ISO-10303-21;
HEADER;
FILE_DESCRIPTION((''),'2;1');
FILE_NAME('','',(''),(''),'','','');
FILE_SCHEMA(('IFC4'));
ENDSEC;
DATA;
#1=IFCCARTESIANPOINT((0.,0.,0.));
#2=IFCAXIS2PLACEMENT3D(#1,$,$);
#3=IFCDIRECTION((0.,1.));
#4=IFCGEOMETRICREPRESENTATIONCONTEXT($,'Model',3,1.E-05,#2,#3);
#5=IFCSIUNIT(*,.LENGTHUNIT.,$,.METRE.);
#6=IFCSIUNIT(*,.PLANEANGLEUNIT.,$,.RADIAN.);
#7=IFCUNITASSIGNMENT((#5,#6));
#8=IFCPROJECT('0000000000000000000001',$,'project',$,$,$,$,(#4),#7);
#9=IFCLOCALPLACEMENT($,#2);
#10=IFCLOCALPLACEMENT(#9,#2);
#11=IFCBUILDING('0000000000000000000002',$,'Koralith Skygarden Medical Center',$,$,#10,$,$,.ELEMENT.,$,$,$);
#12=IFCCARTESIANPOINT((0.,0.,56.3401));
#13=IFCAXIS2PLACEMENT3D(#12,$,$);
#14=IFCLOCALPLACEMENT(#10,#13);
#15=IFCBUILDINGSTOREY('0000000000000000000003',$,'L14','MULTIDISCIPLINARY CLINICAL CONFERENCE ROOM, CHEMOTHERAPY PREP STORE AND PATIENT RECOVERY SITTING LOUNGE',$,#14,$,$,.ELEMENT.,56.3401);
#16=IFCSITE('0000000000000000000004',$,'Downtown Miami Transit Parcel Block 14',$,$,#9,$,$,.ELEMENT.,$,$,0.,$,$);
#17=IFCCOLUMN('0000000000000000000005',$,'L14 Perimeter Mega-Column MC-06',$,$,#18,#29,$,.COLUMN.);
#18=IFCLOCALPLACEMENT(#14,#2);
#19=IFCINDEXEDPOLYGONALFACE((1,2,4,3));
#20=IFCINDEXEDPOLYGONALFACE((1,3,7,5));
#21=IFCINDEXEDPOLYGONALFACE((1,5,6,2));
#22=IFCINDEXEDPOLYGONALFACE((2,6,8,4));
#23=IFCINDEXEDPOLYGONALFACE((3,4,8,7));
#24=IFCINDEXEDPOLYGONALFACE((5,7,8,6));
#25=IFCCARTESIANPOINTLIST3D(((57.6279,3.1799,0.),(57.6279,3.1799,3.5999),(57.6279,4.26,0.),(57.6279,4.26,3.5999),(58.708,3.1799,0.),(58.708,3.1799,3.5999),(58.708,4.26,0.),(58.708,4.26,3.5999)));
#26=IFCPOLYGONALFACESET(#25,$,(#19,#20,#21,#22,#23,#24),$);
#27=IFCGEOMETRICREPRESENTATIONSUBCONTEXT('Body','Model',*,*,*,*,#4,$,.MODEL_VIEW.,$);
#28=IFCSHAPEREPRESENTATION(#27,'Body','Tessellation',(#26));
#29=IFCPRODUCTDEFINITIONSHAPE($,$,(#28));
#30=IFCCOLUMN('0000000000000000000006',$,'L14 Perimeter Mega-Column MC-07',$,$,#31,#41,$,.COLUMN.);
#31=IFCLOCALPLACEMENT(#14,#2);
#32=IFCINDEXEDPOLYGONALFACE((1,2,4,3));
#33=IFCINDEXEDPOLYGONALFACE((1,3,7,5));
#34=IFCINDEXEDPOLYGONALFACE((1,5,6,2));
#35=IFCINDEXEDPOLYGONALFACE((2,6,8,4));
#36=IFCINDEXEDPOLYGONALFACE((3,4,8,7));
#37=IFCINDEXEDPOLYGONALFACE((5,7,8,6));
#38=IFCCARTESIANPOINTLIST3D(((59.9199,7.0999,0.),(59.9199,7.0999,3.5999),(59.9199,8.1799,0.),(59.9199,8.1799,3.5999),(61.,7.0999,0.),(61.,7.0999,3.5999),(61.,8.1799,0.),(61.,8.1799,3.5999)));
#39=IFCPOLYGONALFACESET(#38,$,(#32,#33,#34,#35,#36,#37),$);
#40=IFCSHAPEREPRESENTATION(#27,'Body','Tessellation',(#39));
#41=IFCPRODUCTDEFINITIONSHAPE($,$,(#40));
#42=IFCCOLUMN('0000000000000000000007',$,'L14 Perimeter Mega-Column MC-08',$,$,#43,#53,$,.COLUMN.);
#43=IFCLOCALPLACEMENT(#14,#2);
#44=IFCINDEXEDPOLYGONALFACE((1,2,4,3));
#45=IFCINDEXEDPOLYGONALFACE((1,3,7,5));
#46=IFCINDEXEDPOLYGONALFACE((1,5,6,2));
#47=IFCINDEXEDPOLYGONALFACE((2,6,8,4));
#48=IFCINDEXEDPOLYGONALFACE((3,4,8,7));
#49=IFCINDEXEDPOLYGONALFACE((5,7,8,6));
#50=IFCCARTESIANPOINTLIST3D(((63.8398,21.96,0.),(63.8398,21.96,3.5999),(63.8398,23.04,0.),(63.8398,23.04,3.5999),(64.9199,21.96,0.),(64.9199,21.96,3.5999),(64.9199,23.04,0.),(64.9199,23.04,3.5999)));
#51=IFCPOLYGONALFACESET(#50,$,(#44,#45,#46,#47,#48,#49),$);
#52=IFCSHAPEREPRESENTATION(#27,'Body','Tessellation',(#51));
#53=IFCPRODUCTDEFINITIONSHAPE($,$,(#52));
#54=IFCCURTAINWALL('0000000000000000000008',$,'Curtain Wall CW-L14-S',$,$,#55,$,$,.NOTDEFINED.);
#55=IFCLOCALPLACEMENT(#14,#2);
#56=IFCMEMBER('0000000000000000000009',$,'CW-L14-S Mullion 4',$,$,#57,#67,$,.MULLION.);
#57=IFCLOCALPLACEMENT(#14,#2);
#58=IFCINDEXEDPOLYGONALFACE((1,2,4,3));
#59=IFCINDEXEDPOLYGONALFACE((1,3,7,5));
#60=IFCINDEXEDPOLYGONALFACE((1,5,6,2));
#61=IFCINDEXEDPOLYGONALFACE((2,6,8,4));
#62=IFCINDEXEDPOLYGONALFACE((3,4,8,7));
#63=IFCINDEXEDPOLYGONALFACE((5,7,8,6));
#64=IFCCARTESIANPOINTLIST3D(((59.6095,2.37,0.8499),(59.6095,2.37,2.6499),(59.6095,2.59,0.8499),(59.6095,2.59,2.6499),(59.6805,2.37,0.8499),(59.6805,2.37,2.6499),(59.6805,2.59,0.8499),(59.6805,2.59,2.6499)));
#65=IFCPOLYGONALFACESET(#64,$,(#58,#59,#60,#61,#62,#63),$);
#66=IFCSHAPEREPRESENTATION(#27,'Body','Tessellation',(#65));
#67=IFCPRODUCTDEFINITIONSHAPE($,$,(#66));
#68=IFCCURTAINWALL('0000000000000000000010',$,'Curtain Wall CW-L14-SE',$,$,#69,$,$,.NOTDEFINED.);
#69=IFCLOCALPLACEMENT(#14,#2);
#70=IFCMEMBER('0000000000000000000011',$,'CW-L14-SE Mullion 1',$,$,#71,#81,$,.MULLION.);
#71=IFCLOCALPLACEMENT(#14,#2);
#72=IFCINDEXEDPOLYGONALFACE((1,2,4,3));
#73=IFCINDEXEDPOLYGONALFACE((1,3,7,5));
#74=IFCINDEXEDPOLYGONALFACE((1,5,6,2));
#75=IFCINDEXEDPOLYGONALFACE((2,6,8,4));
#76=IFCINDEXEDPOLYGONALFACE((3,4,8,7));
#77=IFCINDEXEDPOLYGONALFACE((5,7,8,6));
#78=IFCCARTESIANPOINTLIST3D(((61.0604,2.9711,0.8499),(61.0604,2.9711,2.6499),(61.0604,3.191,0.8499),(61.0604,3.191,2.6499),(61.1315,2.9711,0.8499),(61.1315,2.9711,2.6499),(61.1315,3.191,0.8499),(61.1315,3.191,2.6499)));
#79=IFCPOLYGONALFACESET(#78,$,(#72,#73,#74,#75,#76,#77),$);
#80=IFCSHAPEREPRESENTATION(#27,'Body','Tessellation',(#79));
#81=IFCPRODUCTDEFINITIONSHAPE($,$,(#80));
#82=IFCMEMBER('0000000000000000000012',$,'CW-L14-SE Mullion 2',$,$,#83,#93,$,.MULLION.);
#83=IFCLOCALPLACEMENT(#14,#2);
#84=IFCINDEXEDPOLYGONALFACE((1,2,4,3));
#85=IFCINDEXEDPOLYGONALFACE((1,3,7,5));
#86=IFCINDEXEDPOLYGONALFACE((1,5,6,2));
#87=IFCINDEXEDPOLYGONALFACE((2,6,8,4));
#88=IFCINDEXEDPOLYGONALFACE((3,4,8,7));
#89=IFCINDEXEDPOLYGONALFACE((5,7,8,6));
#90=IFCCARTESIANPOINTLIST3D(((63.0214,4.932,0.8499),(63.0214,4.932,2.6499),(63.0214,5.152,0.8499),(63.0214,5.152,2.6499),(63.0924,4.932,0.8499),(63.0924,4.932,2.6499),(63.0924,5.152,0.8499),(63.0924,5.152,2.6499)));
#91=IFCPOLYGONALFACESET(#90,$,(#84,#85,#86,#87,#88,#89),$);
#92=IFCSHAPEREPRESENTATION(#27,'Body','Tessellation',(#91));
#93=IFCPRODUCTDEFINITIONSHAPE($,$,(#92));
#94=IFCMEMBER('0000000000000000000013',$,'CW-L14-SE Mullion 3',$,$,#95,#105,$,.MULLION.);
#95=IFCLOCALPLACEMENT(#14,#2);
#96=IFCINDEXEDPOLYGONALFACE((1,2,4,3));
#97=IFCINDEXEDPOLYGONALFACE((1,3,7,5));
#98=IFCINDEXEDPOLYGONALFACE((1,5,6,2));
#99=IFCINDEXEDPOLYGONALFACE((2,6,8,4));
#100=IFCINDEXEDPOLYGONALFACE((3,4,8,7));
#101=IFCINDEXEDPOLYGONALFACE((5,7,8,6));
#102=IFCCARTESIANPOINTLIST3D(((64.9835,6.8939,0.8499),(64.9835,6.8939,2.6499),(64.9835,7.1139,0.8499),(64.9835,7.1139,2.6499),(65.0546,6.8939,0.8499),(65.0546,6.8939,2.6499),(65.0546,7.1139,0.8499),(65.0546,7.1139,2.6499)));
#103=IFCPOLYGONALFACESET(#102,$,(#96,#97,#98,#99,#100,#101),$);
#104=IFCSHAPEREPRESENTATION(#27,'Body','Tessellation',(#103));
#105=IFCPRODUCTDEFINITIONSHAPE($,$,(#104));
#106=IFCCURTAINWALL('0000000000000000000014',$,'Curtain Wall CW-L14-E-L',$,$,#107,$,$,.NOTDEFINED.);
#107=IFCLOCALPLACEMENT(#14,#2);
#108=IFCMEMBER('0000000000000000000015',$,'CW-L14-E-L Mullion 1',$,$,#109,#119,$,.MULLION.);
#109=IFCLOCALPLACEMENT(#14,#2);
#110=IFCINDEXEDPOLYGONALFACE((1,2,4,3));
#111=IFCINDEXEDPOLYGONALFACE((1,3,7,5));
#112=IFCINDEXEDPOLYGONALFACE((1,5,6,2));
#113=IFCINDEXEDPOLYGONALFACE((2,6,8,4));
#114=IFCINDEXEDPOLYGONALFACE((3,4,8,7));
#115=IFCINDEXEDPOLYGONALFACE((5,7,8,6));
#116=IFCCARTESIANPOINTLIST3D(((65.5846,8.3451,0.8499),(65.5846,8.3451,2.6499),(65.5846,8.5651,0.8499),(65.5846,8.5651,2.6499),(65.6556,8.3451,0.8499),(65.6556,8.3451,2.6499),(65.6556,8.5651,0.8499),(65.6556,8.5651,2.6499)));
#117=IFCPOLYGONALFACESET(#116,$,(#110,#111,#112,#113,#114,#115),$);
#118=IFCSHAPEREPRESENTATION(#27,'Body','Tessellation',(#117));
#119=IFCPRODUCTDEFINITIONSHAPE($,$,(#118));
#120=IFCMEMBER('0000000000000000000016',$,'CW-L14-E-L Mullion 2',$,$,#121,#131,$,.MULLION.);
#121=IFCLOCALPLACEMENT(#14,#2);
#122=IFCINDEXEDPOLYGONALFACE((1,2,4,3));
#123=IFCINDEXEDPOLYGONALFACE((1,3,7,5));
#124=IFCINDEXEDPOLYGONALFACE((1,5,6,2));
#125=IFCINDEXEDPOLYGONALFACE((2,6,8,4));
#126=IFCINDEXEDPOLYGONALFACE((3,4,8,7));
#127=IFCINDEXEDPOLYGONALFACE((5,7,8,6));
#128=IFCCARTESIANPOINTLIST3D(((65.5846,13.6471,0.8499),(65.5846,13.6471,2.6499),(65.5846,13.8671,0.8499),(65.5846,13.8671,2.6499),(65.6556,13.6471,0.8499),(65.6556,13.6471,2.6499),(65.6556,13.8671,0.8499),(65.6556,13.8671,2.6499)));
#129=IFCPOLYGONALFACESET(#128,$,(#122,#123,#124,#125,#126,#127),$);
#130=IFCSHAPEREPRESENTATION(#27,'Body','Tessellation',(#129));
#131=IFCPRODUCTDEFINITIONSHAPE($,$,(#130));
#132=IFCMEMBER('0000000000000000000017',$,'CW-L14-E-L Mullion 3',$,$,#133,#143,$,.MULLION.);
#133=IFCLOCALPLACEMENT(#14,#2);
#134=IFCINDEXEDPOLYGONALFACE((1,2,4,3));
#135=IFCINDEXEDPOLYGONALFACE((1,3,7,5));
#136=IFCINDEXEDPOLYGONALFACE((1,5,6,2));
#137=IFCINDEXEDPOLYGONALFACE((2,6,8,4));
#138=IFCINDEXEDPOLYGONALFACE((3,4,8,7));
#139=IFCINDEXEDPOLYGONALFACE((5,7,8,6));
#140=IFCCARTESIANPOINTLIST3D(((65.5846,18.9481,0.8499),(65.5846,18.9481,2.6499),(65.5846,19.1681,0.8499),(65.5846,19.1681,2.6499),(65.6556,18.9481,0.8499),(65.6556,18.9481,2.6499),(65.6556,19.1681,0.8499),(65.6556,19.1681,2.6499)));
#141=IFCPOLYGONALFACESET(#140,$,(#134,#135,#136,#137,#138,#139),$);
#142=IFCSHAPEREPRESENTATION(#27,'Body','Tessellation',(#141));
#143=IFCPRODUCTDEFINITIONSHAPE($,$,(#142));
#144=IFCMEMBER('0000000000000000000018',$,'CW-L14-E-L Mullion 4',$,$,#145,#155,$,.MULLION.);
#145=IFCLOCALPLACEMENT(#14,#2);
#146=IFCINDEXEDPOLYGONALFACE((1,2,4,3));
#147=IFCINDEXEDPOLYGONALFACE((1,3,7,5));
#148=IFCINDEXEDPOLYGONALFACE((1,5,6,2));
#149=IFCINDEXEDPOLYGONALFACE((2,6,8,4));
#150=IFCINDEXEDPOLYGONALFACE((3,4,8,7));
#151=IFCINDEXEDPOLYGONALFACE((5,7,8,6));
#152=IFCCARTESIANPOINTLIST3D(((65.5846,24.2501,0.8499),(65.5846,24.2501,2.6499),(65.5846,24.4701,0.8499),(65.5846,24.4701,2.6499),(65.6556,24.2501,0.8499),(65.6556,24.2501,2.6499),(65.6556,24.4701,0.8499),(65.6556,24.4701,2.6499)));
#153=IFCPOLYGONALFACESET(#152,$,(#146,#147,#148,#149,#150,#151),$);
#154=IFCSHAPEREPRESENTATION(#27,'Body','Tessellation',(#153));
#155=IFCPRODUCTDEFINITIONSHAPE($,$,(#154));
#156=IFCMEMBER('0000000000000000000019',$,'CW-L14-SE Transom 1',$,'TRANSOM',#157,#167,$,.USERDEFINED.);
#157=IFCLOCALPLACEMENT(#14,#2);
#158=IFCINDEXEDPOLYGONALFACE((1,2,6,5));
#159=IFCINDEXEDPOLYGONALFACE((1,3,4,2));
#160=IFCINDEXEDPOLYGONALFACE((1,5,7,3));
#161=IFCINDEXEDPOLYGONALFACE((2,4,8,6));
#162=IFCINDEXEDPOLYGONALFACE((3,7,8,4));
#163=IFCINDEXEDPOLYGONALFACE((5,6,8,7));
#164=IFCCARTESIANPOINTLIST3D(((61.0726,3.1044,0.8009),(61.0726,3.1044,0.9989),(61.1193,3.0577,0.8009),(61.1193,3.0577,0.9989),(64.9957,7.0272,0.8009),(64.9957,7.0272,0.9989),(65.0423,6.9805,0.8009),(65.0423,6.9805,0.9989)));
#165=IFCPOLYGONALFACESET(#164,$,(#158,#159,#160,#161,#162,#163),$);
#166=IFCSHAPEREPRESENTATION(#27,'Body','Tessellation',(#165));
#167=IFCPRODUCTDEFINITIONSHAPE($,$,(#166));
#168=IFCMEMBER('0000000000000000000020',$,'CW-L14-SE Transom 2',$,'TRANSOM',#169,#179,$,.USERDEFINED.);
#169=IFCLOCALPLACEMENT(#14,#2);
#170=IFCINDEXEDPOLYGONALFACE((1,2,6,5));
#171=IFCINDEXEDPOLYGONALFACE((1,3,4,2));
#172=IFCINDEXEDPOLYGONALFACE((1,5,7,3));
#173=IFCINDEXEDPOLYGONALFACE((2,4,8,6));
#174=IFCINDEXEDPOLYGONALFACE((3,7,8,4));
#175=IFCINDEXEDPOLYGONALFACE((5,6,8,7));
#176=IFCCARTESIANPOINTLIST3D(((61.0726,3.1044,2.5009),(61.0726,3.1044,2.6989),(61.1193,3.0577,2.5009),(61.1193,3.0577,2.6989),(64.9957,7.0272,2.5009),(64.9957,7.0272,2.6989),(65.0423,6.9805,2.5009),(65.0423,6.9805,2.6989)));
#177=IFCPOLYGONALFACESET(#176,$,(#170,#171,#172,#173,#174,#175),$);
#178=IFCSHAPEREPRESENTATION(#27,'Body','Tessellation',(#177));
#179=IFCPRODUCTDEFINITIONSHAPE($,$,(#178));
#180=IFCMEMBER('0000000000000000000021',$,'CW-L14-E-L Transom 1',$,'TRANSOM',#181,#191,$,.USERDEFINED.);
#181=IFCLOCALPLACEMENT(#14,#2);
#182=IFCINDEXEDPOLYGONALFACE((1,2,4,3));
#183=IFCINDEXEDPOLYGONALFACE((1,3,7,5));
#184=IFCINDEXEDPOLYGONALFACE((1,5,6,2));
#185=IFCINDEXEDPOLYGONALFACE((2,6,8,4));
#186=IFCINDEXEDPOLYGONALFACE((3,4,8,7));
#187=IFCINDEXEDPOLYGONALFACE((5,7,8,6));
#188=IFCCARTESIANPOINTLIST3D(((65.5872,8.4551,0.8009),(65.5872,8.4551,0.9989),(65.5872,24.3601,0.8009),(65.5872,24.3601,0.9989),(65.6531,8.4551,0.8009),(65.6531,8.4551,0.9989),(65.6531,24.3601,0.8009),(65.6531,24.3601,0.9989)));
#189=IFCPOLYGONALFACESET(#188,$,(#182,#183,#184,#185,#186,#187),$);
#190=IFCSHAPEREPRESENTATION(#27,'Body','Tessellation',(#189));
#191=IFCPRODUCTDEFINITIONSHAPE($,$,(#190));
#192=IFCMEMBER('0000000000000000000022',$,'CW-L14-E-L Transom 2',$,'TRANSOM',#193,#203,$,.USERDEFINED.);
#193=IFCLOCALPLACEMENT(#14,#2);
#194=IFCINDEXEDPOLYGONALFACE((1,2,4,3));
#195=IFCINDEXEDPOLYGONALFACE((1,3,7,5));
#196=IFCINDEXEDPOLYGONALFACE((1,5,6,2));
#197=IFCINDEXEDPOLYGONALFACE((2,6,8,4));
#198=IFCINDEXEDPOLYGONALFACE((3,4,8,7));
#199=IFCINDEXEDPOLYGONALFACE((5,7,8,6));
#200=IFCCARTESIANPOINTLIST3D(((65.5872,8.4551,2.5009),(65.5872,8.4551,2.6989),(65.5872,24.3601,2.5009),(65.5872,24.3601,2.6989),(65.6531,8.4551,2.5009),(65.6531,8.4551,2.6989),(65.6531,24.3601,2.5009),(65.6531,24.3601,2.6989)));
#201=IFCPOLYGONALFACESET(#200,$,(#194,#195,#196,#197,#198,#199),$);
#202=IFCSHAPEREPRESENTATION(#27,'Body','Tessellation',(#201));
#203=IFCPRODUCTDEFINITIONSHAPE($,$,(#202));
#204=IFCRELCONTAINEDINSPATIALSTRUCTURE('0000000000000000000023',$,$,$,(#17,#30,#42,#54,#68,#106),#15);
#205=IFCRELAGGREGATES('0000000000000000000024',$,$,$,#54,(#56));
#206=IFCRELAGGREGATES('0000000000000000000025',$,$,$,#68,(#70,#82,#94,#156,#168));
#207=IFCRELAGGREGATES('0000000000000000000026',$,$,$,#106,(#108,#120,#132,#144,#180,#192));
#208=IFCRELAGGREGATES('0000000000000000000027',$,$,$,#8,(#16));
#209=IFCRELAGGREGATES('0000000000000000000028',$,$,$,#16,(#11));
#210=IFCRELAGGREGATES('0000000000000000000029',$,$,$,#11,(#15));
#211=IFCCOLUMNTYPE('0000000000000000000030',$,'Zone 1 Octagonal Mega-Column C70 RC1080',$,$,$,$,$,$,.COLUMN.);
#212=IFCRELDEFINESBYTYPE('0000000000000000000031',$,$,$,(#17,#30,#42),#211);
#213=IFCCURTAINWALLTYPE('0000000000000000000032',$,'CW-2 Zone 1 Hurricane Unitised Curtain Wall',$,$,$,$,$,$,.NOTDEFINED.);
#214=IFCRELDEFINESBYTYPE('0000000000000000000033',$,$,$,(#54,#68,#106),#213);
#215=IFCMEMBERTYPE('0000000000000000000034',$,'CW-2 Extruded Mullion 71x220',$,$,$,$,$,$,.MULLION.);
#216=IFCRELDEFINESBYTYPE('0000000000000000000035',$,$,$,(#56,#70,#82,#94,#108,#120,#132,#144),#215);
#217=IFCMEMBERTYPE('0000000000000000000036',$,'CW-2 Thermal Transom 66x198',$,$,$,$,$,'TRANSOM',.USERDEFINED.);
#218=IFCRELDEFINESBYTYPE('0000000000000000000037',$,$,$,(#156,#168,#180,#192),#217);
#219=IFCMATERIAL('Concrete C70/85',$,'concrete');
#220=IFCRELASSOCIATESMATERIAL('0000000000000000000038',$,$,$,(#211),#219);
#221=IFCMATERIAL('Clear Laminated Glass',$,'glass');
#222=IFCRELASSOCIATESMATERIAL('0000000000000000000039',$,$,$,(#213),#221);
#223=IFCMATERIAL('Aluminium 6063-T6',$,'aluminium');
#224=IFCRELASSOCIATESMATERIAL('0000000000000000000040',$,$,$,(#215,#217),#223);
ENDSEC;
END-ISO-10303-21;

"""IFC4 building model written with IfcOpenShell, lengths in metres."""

from ifc_helpers import new_model, si_unit, direction, frame, origin, origin_2d, place, context, subcontext, project, spatial, rectangle, extrude, material, material_profile, profile_set, type_object, element, aggregate, save


model = new_model("IFC4")

# Units and contexts
model_context = context("Model", 3, precision=1e-05, world=origin(), true_north=direction((0.0, 1.0)))
body_context = subcontext(model_context, "Body", "Model", "MODEL_VIEW")
ifc_project = project(units=[si_unit("LENGTHUNIT", "METRE"), si_unit("PLANEANGLEUNIT", "RADIAN")], contexts=[model_context])

# Site, building, storey
site_placement = place(None, origin())
site = spatial("IfcSite", under=ifc_project, at=site_placement, Name="Downtown Miami Transit Parcel Block 14", CompositionType="ELEMENT", RefElevation=0.0)
building_placement = place(site_placement, origin())
building = spatial("IfcBuilding", under=site, at=building_placement, Name="Koralith Skygarden Medical Center", CompositionType="ELEMENT")
storey_placement = place(building_placement, frame((0.0, 0.0, 56.3401)))
storey = spatial("IfcBuildingStorey", under=building, at=storey_placement, Name="L14", Description="MULTIDISCIPLINARY CLINICAL CONFERENCE ROOM, CHEMOTHERAPY PREP STORE AND PATIENT RECOVERY SITTING LOUNGE", CompositionType="ELEMENT", Elevation=56.3401)

# Columns
ifc_material_1 = material(Name="Concrete C70/85", Category="concrete")
ifc_material_profile_1 = material_profile(ifc_material_1, rectangle(XDim=1.0801, YDim=1.0801, at=origin_2d()), Name="RC1080X1080")
ifc_profile_set_1 = profile_set([ifc_material_profile_1], Name="Concrete C70/85")
column_type = type_object("IfcColumnType", Name="Zone 1 Octagonal Mega-Column C70 RC1080", PredefinedType="COLUMN", material=ifc_profile_set_1)
for number, where, z_axis, x_axis, name in (
    (1, (58.168, 3.72, 0.0), (0.0, 0.0, 1.0), (1.0, 0.0, 0.0), "L14 Perimeter Mega-Column MC-06"),
    (2, (60.46, 7.6399, 0.0), (0.0, 0.0, 1.0), (1.0, 0.0, 0.0), "L14 Perimeter Mega-Column MC-07"),
    (3, (64.3799, 22.5, 0.0), (0.0, 0.0, 1.0), (1.0, 0.0, 0.0), "L14 Perimeter Mega-Column MC-08"),
):
    element("IfcColumn", number, at=place(storey_placement, frame(where, z_axis=z_axis, x_axis=x_axis)), inside=storey, type_object=column_type, Name=name, PredefinedType="COLUMN", context=body_context, shape_type="SweptSolid", body=[
        extrude(rectangle(XDim=1.0801, YDim=1.0801, at=origin_2d()), origin(), (0.0, 0.0, 1.0), 3.5999),
    ])

# Curtain wall, member
ifc_material_2 = material(Name="Clear Laminated Glass", Category="glass")
curtain_wall_type = type_object("IfcCurtainWallType", Name="CW-2 Zone 1 Hurricane Unitised Curtain Wall", PredefinedType="NOTDEFINED", material=ifc_material_2)
curtain_wall_1_placement = place(storey_placement, origin())
curtain_wall_1 = element("IfcCurtainWall", 4, at=curtain_wall_1_placement, inside=storey, type_object=curtain_wall_type, Name="Curtain Wall CW-L14-S", PredefinedType="NOTDEFINED")
ifc_material_3 = material(Name="Aluminium 6063-T6", Category="aluminium")
ifc_material_profile_2 = material_profile(ifc_material_3, rectangle(XDim=0.071, YDim=0.22, at=origin_2d()), Name="MUL71X220")
ifc_profile_set_2 = profile_set([ifc_material_profile_2], Name="Aluminium 6063-T6")
member_type_1 = type_object("IfcMemberType", Name="CW-2 Extruded Mullion 71x220", PredefinedType="MULLION", material=ifc_profile_set_2)
member_1_placement = place(storey_placement, frame((59.645, 2.48, 0.8499), z_axis=(0.0, 0.0, 1.0), x_axis=(1.0, 0.0, 0.0)))
member_1 = element("IfcMember", 5, at=member_1_placement, type_object=member_type_1, Name="CW-L14-S Mullion 4", PredefinedType="MULLION", context=body_context, shape_type="SweptSolid", body=[
    extrude(rectangle(XDim=0.071, YDim=0.22, at=origin_2d()), origin(), (0.0, 0.0, 1.0), 1.8),
])

# Curtain walls, members
curtain_wall_2_placement = place(storey_placement, origin())
curtain_wall_2 = element("IfcCurtainWall", 6, at=curtain_wall_2_placement, inside=storey, type_object=curtain_wall_type, Name="Curtain Wall CW-L14-SE", PredefinedType="NOTDEFINED")
member_2_placement = place(storey_placement, frame((61.0959, 3.0811, 0.8499), z_axis=(0.0, 0.0, 1.0), x_axis=(1.0, 0.0, 0.0)))
member_2 = element("IfcMember", 7, at=member_2_placement, type_object=member_type_1, Name="CW-L14-SE Mullion 1", PredefinedType="MULLION", context=body_context, shape_type="SweptSolid", body=[
    extrude(rectangle(XDim=0.071, YDim=0.22, at=origin_2d()), origin(), (0.0, 0.0, 1.0), 1.8),
])
member_3_placement = place(storey_placement, frame((63.0569, 5.042, 0.8499), z_axis=(0.0, 0.0, 1.0), x_axis=(1.0, 0.0, 0.0)))
member_3 = element("IfcMember", 8, at=member_3_placement, type_object=member_type_1, Name="CW-L14-SE Mullion 2", PredefinedType="MULLION", context=body_context, shape_type="SweptSolid", body=[
    extrude(rectangle(XDim=0.071, YDim=0.22, at=origin_2d()), origin(), (0.0, 0.0, 1.0), 1.8),
])
member_4_placement = place(storey_placement, frame((65.019, 7.0039, 0.8499), z_axis=(0.0, 0.0, 1.0), x_axis=(1.0, 0.0, 0.0)))
member_4 = element("IfcMember", 9, at=member_4_placement, type_object=member_type_1, Name="CW-L14-SE Mullion 3", PredefinedType="MULLION", context=body_context, shape_type="SweptSolid", body=[
    extrude(rectangle(XDim=0.071, YDim=0.22, at=origin_2d()), origin(), (0.0, 0.0, 1.0), 1.8),
])
curtain_wall_3_placement = place(storey_placement, origin())
curtain_wall_3 = element("IfcCurtainWall", 10, at=curtain_wall_3_placement, inside=storey, type_object=curtain_wall_type, Name="Curtain Wall CW-L14-E-L", PredefinedType="NOTDEFINED")
member_5_placement = place(storey_placement, frame((65.6201, 8.4551, 0.8499), z_axis=(0.0, 0.0, 1.0), x_axis=(1.0, 0.0, 0.0)))
member_5 = element("IfcMember", 11, at=member_5_placement, type_object=member_type_1, Name="CW-L14-E-L Mullion 1", PredefinedType="MULLION", context=body_context, shape_type="SweptSolid", body=[
    extrude(rectangle(XDim=0.071, YDim=0.22, at=origin_2d()), origin(), (0.0, 0.0, 1.0), 1.8),
])
member_6_placement = place(storey_placement, frame((65.6201, 13.7571, 0.8499), z_axis=(0.0, 0.0, 1.0), x_axis=(1.0, 0.0, 0.0)))
member_6 = element("IfcMember", 12, at=member_6_placement, type_object=member_type_1, Name="CW-L14-E-L Mullion 2", PredefinedType="MULLION", context=body_context, shape_type="SweptSolid", body=[
    extrude(rectangle(XDim=0.071, YDim=0.22, at=origin_2d()), origin(), (0.0, 0.0, 1.0), 1.8),
])
member_7_placement = place(storey_placement, frame((65.6201, 19.0581, 0.8499), z_axis=(0.0, 0.0, 1.0), x_axis=(1.0, 0.0, 0.0)))
member_7 = element("IfcMember", 13, at=member_7_placement, type_object=member_type_1, Name="CW-L14-E-L Mullion 3", PredefinedType="MULLION", context=body_context, shape_type="SweptSolid", body=[
    extrude(rectangle(XDim=0.071, YDim=0.22, at=origin_2d()), origin(), (0.0, 0.0, 1.0), 1.8),
])
member_8_placement = place(storey_placement, frame((65.6201, 24.3601, 0.8499), z_axis=(0.0, 0.0, 1.0), x_axis=(1.0, 0.0, 0.0)))
member_8 = element("IfcMember", 14, at=member_8_placement, type_object=member_type_1, Name="CW-L14-E-L Mullion 4", PredefinedType="MULLION", context=body_context, shape_type="SweptSolid", body=[
    extrude(rectangle(XDim=0.071, YDim=0.22, at=origin_2d()), origin(), (0.0, 0.0, 1.0), 1.8),
])

# Members
ifc_material_profile_3 = material_profile(ifc_material_3, rectangle(XDim=0.0659, YDim=0.198, at=origin_2d()), Name="TRN66X198")
ifc_profile_set_3 = profile_set([ifc_material_profile_3], Name="Aluminium 6063-T6")
member_type_2 = type_object("IfcMemberType", Name="CW-2 Thermal Transom 66x198", ElementType="TRANSOM", PredefinedType="USERDEFINED", material=ifc_profile_set_3)
member_9_placement = place(storey_placement, frame((61.0959, 3.0811, 0.8999), z_axis=(0.707129, 0.707085, 0.0), x_axis=(-0.707085, 0.707129, 0.0)))
member_9 = element("IfcMember", 15, at=member_9_placement, type_object=member_type_2, Name="CW-L14-SE Transom 1", ObjectType="TRANSOM", PredefinedType="USERDEFINED", context=body_context, shape_type="SweptSolid", body=[
    extrude(rectangle(XDim=0.0659, YDim=0.198, at=origin_2d()), origin(), (0.0, 0.0, 1.0), 5.5479),
])
member_10_placement = place(storey_placement, frame((61.0959, 3.0811, 2.5999), z_axis=(0.707129, 0.707085, 0.0), x_axis=(-0.707085, 0.707129, 0.0)))
member_10 = element("IfcMember", 16, at=member_10_placement, type_object=member_type_2, Name="CW-L14-SE Transom 2", ObjectType="TRANSOM", PredefinedType="USERDEFINED", context=body_context, shape_type="SweptSolid", body=[
    extrude(rectangle(XDim=0.0659, YDim=0.198, at=origin_2d()), origin(), (0.0, 0.0, 1.0), 5.5479),
])
member_11_placement = place(storey_placement, frame((65.6201, 8.4551, 0.8999), z_axis=(0.0, 1.0, 0.0), x_axis=(-1.0, 0.0, 0.0)))
member_11 = element("IfcMember", 17, at=member_11_placement, type_object=member_type_2, Name="CW-L14-E-L Transom 1", ObjectType="TRANSOM", PredefinedType="USERDEFINED", context=body_context, shape_type="SweptSolid", body=[
    extrude(rectangle(XDim=0.0659, YDim=0.198, at=origin_2d()), origin(), (0.0, 0.0, 1.0), 15.905),
])
member_12_placement = place(storey_placement, frame((65.6201, 8.4551, 2.5999), z_axis=(0.0, 1.0, 0.0), x_axis=(-1.0, 0.0, 0.0)))
member_12 = element("IfcMember", 18, at=member_12_placement, type_object=member_type_2, Name="CW-L14-E-L Transom 2", ObjectType="TRANSOM", PredefinedType="USERDEFINED", context=body_context, shape_type="SweptSolid", body=[
    extrude(rectangle(XDim=0.0659, YDim=0.198, at=origin_2d()), origin(), (0.0, 0.0, 1.0), 15.905),
])

aggregate(curtain_wall_1, [member_1])
aggregate(curtain_wall_2, [member_2, member_3, member_4, member_9, member_10])
aggregate(curtain_wall_3, [member_5, member_6, member_7, member_8, member_11, member_12])

save(model, "model.ifc")
